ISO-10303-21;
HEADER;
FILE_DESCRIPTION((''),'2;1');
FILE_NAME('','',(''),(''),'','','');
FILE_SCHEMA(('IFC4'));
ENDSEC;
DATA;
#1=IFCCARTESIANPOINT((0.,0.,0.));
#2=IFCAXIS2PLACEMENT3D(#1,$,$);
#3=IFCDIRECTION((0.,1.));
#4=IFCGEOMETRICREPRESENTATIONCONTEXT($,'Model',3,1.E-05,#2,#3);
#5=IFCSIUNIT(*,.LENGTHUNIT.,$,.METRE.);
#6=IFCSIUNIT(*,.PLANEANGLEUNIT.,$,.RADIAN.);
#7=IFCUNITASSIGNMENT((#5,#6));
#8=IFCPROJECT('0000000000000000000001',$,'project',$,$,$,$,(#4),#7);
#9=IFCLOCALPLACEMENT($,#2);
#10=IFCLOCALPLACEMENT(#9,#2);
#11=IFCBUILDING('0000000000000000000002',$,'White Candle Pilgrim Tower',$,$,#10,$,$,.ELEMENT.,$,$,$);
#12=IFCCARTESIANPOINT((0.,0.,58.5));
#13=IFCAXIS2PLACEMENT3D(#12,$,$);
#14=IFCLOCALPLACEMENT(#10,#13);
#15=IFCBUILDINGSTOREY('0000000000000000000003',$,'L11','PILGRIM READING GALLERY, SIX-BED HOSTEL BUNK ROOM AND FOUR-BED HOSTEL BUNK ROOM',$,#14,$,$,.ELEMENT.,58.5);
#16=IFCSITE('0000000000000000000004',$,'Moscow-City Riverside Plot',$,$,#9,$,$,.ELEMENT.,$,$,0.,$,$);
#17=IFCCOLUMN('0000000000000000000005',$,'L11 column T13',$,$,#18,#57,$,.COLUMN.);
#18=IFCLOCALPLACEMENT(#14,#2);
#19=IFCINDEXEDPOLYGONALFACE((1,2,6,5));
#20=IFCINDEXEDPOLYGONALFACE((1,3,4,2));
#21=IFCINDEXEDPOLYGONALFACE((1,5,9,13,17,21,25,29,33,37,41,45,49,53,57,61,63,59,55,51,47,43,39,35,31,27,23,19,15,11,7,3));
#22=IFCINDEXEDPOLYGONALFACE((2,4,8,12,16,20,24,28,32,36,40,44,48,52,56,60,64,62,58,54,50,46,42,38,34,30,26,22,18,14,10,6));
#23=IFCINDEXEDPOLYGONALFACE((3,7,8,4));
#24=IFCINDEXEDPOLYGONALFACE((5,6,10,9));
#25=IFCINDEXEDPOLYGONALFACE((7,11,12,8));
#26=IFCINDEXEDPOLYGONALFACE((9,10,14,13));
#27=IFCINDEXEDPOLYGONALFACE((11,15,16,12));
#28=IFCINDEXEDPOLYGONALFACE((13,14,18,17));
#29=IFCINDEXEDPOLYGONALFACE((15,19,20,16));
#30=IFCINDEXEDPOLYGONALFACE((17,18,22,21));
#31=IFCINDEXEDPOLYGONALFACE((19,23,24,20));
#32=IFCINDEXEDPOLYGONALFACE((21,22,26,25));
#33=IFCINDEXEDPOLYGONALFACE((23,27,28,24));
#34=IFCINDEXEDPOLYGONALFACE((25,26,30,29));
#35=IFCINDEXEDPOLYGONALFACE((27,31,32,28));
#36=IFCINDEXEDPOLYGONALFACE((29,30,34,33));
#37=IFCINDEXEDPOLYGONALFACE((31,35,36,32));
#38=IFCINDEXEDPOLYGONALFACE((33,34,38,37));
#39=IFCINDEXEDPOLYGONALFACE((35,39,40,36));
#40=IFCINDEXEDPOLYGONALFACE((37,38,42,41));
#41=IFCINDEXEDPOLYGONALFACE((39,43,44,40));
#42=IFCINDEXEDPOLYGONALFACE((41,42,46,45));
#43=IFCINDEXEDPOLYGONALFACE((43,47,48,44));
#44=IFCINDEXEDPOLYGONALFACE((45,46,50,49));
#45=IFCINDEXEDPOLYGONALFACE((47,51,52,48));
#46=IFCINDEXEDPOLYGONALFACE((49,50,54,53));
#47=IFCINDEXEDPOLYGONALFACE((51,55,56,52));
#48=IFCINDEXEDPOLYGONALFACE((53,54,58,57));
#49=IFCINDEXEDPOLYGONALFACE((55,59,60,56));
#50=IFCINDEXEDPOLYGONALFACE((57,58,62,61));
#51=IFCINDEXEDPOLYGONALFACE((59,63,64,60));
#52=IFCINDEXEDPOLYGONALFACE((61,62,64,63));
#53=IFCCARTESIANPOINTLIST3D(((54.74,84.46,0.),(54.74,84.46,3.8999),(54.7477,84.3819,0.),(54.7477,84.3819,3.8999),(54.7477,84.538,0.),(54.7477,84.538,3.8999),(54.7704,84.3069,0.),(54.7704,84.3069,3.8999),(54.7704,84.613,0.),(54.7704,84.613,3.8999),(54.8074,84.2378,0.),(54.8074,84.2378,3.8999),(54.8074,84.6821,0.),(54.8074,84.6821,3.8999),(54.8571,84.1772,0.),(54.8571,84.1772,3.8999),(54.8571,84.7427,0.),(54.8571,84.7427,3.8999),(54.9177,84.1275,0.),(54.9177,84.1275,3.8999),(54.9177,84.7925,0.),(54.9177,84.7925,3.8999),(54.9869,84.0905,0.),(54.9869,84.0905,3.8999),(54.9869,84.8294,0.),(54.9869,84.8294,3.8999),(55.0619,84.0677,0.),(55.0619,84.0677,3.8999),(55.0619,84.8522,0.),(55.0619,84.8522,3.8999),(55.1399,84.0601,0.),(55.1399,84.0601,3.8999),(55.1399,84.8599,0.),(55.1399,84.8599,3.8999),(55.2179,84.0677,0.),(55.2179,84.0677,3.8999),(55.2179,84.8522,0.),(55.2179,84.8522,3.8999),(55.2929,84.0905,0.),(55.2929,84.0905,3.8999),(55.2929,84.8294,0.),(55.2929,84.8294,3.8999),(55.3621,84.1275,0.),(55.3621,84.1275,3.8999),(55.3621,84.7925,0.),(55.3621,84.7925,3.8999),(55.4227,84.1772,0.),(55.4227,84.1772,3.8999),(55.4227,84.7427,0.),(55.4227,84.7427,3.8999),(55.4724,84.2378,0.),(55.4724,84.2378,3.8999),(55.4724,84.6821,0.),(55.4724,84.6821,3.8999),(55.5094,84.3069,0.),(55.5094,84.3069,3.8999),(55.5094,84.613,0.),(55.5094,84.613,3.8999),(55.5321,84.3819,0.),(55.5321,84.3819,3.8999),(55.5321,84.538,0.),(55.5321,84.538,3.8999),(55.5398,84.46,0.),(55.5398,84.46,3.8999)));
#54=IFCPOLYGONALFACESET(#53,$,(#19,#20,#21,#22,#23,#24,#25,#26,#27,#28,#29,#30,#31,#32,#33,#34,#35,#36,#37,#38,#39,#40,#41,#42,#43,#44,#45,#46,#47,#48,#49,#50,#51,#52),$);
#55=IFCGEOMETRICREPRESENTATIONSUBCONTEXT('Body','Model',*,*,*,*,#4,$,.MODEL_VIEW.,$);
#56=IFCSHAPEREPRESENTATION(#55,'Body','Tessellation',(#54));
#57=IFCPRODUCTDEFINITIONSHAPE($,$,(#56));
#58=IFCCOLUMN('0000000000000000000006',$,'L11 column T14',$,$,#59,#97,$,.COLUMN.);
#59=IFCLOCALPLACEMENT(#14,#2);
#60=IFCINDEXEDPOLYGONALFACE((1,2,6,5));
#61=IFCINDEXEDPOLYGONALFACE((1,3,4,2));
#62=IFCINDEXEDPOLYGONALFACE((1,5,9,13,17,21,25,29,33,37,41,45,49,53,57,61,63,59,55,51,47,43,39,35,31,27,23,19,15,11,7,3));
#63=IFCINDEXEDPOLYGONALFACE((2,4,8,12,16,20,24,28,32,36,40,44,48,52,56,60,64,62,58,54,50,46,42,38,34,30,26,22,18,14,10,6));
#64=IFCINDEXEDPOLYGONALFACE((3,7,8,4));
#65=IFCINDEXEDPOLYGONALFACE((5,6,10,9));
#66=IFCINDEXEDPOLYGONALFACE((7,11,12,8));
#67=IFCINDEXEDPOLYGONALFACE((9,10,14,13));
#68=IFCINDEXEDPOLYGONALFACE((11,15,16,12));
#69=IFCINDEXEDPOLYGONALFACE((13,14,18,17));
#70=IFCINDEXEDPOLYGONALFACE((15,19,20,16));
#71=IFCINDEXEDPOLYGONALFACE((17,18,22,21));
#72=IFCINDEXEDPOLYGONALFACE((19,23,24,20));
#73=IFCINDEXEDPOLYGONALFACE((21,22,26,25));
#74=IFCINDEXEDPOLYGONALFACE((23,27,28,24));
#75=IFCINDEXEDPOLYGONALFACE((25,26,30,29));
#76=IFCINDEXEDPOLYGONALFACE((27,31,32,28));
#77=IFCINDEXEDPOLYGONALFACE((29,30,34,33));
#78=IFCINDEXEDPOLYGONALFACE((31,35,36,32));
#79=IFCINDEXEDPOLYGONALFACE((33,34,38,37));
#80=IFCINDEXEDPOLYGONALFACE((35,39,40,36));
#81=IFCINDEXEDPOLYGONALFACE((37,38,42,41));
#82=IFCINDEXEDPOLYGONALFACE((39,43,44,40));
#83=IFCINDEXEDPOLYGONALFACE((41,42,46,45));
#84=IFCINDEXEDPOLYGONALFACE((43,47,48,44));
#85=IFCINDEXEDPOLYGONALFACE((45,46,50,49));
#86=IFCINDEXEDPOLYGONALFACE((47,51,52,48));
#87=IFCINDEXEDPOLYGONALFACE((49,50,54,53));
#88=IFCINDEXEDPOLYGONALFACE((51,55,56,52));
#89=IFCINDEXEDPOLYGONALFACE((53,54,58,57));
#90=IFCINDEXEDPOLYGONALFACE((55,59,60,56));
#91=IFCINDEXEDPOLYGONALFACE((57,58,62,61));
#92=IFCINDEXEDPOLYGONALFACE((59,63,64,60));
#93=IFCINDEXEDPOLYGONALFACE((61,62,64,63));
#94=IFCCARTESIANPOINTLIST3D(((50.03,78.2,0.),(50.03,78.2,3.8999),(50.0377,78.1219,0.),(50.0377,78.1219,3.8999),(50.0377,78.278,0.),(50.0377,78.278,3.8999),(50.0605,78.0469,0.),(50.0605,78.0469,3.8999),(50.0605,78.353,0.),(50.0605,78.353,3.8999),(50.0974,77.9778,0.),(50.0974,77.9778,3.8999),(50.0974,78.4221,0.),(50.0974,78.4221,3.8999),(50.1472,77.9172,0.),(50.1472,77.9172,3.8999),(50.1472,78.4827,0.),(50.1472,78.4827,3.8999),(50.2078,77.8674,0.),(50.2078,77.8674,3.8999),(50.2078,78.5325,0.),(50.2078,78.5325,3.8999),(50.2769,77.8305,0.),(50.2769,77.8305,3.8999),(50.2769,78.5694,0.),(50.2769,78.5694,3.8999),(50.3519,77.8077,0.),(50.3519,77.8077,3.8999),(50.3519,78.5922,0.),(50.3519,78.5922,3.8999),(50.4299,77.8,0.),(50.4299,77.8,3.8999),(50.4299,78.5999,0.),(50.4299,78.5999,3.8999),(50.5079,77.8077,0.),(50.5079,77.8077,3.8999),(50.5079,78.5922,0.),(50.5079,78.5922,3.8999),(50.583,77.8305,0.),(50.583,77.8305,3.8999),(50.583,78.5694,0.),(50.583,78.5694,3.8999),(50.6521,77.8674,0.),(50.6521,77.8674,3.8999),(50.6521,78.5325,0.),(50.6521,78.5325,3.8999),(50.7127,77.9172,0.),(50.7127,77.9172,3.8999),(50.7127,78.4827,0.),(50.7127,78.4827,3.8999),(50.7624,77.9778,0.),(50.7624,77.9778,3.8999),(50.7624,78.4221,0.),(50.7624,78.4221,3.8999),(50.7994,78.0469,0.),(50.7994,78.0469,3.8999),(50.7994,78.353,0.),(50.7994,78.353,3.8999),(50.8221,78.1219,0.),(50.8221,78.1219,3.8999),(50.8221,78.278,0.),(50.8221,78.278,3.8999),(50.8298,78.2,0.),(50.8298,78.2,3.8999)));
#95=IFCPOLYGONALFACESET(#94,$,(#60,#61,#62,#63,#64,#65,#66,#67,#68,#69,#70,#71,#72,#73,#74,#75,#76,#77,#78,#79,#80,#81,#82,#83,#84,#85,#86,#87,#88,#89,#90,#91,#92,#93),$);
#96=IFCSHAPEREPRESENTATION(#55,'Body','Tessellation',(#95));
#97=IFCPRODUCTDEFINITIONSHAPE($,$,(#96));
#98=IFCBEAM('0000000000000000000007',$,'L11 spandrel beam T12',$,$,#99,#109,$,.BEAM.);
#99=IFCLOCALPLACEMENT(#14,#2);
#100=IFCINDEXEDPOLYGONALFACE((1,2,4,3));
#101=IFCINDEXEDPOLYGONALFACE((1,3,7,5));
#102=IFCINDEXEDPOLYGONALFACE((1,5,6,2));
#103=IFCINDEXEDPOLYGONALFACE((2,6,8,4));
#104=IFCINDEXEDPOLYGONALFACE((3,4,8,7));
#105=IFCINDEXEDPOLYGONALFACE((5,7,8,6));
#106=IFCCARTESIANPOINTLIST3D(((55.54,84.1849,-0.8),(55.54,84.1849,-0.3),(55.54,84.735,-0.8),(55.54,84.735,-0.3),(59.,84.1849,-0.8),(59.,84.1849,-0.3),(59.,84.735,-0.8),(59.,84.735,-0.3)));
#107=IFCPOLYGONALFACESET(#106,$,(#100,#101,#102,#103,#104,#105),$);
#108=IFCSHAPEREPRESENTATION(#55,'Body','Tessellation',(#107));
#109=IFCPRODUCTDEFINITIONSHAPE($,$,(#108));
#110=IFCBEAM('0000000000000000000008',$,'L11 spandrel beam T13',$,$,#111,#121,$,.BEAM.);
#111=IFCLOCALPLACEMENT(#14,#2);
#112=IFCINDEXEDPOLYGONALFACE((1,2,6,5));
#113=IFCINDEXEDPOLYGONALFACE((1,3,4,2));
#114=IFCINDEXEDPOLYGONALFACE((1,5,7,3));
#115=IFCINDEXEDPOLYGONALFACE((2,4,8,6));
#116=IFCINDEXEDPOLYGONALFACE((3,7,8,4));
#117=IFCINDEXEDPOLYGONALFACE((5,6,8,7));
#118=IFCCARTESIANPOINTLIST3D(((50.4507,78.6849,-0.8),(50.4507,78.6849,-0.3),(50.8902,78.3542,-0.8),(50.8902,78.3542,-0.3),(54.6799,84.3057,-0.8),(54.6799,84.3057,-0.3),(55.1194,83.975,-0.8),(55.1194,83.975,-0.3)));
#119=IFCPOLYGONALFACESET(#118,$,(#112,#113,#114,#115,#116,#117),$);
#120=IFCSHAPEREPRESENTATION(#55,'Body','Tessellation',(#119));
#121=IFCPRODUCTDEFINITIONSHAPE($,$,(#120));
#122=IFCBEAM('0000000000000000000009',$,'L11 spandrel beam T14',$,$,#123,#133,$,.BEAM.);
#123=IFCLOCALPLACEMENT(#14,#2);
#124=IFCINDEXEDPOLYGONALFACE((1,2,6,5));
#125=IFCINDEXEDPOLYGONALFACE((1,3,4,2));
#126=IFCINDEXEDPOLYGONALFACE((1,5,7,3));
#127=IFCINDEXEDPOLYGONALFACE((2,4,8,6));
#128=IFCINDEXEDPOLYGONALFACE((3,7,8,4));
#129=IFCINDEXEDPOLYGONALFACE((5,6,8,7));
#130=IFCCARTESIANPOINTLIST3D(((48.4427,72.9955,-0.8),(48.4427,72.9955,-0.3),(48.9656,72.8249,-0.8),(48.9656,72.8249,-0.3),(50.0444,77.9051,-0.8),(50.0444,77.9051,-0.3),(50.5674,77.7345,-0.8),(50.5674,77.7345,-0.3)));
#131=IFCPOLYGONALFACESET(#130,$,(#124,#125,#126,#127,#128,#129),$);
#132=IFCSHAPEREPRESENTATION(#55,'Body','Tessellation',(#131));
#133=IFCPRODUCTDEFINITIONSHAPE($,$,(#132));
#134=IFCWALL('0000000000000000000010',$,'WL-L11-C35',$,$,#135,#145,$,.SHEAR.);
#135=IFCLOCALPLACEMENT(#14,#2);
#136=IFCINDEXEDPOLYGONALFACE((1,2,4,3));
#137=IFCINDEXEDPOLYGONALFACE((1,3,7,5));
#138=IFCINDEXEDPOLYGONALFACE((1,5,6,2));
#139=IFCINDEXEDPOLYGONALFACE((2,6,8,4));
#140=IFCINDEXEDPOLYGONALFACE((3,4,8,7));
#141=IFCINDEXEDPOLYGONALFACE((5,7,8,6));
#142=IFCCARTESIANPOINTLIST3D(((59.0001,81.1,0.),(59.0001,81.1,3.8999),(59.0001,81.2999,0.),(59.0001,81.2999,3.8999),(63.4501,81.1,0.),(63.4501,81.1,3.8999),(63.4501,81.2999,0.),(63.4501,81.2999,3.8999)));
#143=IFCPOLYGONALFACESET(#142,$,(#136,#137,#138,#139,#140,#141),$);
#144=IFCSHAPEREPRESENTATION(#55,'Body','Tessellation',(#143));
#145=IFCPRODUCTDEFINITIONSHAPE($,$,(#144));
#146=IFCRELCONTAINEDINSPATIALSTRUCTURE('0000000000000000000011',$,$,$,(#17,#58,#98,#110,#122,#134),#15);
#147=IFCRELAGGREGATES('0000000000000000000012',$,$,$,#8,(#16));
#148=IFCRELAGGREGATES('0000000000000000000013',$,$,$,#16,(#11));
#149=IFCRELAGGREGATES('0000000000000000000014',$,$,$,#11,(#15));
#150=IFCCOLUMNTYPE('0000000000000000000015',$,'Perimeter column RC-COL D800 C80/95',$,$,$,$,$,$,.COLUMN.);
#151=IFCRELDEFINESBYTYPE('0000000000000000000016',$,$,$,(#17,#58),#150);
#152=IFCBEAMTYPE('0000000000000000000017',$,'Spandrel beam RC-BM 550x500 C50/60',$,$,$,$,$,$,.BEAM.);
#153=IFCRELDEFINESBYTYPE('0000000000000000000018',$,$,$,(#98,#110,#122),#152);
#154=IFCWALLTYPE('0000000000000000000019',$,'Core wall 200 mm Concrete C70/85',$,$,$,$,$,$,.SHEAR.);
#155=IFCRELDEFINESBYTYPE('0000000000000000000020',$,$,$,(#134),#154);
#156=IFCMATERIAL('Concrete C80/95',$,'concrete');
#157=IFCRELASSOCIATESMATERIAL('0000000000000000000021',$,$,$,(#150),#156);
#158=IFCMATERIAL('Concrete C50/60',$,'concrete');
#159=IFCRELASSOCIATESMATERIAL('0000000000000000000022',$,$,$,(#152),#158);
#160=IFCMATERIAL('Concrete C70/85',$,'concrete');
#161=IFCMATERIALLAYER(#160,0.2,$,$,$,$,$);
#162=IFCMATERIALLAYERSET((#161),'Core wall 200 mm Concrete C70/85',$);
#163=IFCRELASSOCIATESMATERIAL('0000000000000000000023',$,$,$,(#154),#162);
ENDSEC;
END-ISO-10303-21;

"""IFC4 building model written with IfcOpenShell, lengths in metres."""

from ifc_helpers import new_model, si_unit, direction, frame, frame_2d, origin, origin_2d, place, context, subcontext, project, spatial, rectangle, circle, extrude, material, layer, layer_set, material_profile, profile_set, type_object, element, save


model = new_model("IFC4")

# Units and contexts
model_context = context("Model", 3, precision=1e-05, world=origin(), true_north=direction((0.0, 1.0)))
body_context = subcontext(model_context, "Body", "Model", "MODEL_VIEW")
ifc_project = project(units=[si_unit("LENGTHUNIT", "METRE"), si_unit("PLANEANGLEUNIT", "RADIAN")], contexts=[model_context])

# Site, building, storey
site_placement = place(None, origin())
site = spatial("IfcSite", under=ifc_project, at=site_placement, Name="Moscow-City Riverside Plot", CompositionType="ELEMENT", RefElevation=0.0)
building_placement = place(site_placement, origin())
building = spatial("IfcBuilding", under=site, at=building_placement, Name="White Candle Pilgrim Tower", CompositionType="ELEMENT")
storey_placement = place(building_placement, frame((0.0, 0.0, 58.5)))
storey = spatial("IfcBuildingStorey", under=building, at=storey_placement, Name="L11", Description="PILGRIM READING GALLERY, SIX-BED HOSTEL BUNK ROOM AND FOUR-BED HOSTEL BUNK ROOM", CompositionType="ELEMENT", Elevation=58.5)

# Columns
ifc_material_1 = material(Name="Concrete C80/95", Category="concrete")
ifc_material_profile_1 = material_profile(ifc_material_1, circle(Radius=0.3999, at=origin_2d()), Name="RC-COL D800")
ifc_profile_set_1 = profile_set([ifc_material_profile_1], Name="Concrete C80/95")
column_type = type_object("IfcColumnType", Name="Perimeter column RC-COL D800 C80/95", PredefinedType="COLUMN", material=ifc_profile_set_1)
for number, where, z_axis, x_axis, name in (
    (1, (55.1399, 84.46, 0.0), (0.0, 0.0, 1.0), (1.0, 0.0, 0.0), "L11 column T13"),
    (2, (50.4299, 78.2, 0.0), (0.0, 0.0, 1.0), (1.0, 0.0, 0.0), "L11 column T14"),
):
    element("IfcColumn", number, at=place(storey_placement, frame(where, z_axis=z_axis, x_axis=x_axis)), inside=storey, type_object=column_type, Name=name, PredefinedType="COLUMN", context=body_context, shape_type="SweptSolid", body=[
        extrude(circle(Radius=0.3999, at=origin_2d()), origin(), (0.0, 0.0, 1.0), 3.8999),
    ])

# Beams
ifc_material_2 = material(Name="Concrete C50/60", Category="concrete")
ifc_material_profile_2 = material_profile(ifc_material_2, rectangle(XDim=0.55, YDim=0.5, at=origin_2d()), Name="RC-BM 550x500")
ifc_profile_set_2 = profile_set([ifc_material_profile_2], Name="Concrete C50/60")
beam_type = type_object("IfcBeamType", Name="Spandrel beam RC-BM 550x500 C50/60", PredefinedType="BEAM", material=ifc_profile_set_2)
beam_1_placement = place(storey_placement, frame((55.54, 84.46, -0.55), z_axis=(1.0, 0.0, 0.0), x_axis=(0.0, 1.0, 0.0)))
element("IfcBeam", 3, at=beam_1_placement, inside=storey, type_object=beam_type, Name="L11 spandrel beam T12", PredefinedType="BEAM", context=body_context, shape_type="SweptSolid", body=[
    extrude(rectangle(XDim=0.55, YDim=0.5, at=origin_2d()), origin(), (0.0, 0.0, 1.0), 3.46),
])
beam_2_placement = place(storey_placement, frame((54.8997, 84.1404, -0.55), z_axis=(-0.601238, -0.79907, 0.0), x_axis=(0.79907, -0.601238, 0.0)))
element("IfcBeam", 4, at=beam_2_placement, inside=storey, type_object=beam_type, Name="L11 spandrel beam T13", PredefinedType="BEAM", context=body_context, shape_type="SweptSolid", body=[
    extrude(rectangle(XDim=0.55, YDim=0.5, at=origin_2d()), origin(), (0.0, 0.0, 1.0), 7.0342),
])
beam_3_placement = place(storey_placement, frame((50.3059, 77.8198, -0.55), z_axis=(-0.310166, -0.950683, 0.0), x_axis=(0.950683, -0.310166, 0.0)))
element("IfcBeam", 5, at=beam_3_placement, inside=storey, type_object=beam_type, Name="L11 spandrel beam T14", PredefinedType="BEAM", context=body_context, shape_type="SweptSolid", body=[
    extrude(rectangle(XDim=0.55, YDim=0.5, at=origin_2d()), origin(), (0.0, 0.0, 1.0), 5.1643),
])

# Wall
ifc_material_3 = material(Name="Concrete C70/85", Category="concrete")
ifc_layer_1 = layer(ifc_material_3, 0.2)
ifc_layer_set_1 = layer_set([ifc_layer_1], Name="Core wall 200 mm Concrete C70/85")
wall_type_1 = type_object("IfcWallType", Name="Core wall 200 mm Concrete C70/85", PredefinedType="SHEAR", material=ifc_layer_set_1)
wall_1_placement = place(storey_placement, frame((59.0, 81.2, 0.0), z_axis=(0.0, 0.0, 1.0), x_axis=(1.0, 0.0, 0.0)))
element("IfcWall", 6, at=wall_1_placement, inside=storey, type_object=wall_type_1, Name="WL-L11-C35", PredefinedType="SHEAR", context=body_context, shape_type="SweptSolid", body=[
    extrude(rectangle(XDim=4.45, YDim=0.2, at=frame_2d((2.2251, 0.0))), origin(), (0.0, 0.0, 1.0), 3.8999),
])

save(model, "model.ifc")
